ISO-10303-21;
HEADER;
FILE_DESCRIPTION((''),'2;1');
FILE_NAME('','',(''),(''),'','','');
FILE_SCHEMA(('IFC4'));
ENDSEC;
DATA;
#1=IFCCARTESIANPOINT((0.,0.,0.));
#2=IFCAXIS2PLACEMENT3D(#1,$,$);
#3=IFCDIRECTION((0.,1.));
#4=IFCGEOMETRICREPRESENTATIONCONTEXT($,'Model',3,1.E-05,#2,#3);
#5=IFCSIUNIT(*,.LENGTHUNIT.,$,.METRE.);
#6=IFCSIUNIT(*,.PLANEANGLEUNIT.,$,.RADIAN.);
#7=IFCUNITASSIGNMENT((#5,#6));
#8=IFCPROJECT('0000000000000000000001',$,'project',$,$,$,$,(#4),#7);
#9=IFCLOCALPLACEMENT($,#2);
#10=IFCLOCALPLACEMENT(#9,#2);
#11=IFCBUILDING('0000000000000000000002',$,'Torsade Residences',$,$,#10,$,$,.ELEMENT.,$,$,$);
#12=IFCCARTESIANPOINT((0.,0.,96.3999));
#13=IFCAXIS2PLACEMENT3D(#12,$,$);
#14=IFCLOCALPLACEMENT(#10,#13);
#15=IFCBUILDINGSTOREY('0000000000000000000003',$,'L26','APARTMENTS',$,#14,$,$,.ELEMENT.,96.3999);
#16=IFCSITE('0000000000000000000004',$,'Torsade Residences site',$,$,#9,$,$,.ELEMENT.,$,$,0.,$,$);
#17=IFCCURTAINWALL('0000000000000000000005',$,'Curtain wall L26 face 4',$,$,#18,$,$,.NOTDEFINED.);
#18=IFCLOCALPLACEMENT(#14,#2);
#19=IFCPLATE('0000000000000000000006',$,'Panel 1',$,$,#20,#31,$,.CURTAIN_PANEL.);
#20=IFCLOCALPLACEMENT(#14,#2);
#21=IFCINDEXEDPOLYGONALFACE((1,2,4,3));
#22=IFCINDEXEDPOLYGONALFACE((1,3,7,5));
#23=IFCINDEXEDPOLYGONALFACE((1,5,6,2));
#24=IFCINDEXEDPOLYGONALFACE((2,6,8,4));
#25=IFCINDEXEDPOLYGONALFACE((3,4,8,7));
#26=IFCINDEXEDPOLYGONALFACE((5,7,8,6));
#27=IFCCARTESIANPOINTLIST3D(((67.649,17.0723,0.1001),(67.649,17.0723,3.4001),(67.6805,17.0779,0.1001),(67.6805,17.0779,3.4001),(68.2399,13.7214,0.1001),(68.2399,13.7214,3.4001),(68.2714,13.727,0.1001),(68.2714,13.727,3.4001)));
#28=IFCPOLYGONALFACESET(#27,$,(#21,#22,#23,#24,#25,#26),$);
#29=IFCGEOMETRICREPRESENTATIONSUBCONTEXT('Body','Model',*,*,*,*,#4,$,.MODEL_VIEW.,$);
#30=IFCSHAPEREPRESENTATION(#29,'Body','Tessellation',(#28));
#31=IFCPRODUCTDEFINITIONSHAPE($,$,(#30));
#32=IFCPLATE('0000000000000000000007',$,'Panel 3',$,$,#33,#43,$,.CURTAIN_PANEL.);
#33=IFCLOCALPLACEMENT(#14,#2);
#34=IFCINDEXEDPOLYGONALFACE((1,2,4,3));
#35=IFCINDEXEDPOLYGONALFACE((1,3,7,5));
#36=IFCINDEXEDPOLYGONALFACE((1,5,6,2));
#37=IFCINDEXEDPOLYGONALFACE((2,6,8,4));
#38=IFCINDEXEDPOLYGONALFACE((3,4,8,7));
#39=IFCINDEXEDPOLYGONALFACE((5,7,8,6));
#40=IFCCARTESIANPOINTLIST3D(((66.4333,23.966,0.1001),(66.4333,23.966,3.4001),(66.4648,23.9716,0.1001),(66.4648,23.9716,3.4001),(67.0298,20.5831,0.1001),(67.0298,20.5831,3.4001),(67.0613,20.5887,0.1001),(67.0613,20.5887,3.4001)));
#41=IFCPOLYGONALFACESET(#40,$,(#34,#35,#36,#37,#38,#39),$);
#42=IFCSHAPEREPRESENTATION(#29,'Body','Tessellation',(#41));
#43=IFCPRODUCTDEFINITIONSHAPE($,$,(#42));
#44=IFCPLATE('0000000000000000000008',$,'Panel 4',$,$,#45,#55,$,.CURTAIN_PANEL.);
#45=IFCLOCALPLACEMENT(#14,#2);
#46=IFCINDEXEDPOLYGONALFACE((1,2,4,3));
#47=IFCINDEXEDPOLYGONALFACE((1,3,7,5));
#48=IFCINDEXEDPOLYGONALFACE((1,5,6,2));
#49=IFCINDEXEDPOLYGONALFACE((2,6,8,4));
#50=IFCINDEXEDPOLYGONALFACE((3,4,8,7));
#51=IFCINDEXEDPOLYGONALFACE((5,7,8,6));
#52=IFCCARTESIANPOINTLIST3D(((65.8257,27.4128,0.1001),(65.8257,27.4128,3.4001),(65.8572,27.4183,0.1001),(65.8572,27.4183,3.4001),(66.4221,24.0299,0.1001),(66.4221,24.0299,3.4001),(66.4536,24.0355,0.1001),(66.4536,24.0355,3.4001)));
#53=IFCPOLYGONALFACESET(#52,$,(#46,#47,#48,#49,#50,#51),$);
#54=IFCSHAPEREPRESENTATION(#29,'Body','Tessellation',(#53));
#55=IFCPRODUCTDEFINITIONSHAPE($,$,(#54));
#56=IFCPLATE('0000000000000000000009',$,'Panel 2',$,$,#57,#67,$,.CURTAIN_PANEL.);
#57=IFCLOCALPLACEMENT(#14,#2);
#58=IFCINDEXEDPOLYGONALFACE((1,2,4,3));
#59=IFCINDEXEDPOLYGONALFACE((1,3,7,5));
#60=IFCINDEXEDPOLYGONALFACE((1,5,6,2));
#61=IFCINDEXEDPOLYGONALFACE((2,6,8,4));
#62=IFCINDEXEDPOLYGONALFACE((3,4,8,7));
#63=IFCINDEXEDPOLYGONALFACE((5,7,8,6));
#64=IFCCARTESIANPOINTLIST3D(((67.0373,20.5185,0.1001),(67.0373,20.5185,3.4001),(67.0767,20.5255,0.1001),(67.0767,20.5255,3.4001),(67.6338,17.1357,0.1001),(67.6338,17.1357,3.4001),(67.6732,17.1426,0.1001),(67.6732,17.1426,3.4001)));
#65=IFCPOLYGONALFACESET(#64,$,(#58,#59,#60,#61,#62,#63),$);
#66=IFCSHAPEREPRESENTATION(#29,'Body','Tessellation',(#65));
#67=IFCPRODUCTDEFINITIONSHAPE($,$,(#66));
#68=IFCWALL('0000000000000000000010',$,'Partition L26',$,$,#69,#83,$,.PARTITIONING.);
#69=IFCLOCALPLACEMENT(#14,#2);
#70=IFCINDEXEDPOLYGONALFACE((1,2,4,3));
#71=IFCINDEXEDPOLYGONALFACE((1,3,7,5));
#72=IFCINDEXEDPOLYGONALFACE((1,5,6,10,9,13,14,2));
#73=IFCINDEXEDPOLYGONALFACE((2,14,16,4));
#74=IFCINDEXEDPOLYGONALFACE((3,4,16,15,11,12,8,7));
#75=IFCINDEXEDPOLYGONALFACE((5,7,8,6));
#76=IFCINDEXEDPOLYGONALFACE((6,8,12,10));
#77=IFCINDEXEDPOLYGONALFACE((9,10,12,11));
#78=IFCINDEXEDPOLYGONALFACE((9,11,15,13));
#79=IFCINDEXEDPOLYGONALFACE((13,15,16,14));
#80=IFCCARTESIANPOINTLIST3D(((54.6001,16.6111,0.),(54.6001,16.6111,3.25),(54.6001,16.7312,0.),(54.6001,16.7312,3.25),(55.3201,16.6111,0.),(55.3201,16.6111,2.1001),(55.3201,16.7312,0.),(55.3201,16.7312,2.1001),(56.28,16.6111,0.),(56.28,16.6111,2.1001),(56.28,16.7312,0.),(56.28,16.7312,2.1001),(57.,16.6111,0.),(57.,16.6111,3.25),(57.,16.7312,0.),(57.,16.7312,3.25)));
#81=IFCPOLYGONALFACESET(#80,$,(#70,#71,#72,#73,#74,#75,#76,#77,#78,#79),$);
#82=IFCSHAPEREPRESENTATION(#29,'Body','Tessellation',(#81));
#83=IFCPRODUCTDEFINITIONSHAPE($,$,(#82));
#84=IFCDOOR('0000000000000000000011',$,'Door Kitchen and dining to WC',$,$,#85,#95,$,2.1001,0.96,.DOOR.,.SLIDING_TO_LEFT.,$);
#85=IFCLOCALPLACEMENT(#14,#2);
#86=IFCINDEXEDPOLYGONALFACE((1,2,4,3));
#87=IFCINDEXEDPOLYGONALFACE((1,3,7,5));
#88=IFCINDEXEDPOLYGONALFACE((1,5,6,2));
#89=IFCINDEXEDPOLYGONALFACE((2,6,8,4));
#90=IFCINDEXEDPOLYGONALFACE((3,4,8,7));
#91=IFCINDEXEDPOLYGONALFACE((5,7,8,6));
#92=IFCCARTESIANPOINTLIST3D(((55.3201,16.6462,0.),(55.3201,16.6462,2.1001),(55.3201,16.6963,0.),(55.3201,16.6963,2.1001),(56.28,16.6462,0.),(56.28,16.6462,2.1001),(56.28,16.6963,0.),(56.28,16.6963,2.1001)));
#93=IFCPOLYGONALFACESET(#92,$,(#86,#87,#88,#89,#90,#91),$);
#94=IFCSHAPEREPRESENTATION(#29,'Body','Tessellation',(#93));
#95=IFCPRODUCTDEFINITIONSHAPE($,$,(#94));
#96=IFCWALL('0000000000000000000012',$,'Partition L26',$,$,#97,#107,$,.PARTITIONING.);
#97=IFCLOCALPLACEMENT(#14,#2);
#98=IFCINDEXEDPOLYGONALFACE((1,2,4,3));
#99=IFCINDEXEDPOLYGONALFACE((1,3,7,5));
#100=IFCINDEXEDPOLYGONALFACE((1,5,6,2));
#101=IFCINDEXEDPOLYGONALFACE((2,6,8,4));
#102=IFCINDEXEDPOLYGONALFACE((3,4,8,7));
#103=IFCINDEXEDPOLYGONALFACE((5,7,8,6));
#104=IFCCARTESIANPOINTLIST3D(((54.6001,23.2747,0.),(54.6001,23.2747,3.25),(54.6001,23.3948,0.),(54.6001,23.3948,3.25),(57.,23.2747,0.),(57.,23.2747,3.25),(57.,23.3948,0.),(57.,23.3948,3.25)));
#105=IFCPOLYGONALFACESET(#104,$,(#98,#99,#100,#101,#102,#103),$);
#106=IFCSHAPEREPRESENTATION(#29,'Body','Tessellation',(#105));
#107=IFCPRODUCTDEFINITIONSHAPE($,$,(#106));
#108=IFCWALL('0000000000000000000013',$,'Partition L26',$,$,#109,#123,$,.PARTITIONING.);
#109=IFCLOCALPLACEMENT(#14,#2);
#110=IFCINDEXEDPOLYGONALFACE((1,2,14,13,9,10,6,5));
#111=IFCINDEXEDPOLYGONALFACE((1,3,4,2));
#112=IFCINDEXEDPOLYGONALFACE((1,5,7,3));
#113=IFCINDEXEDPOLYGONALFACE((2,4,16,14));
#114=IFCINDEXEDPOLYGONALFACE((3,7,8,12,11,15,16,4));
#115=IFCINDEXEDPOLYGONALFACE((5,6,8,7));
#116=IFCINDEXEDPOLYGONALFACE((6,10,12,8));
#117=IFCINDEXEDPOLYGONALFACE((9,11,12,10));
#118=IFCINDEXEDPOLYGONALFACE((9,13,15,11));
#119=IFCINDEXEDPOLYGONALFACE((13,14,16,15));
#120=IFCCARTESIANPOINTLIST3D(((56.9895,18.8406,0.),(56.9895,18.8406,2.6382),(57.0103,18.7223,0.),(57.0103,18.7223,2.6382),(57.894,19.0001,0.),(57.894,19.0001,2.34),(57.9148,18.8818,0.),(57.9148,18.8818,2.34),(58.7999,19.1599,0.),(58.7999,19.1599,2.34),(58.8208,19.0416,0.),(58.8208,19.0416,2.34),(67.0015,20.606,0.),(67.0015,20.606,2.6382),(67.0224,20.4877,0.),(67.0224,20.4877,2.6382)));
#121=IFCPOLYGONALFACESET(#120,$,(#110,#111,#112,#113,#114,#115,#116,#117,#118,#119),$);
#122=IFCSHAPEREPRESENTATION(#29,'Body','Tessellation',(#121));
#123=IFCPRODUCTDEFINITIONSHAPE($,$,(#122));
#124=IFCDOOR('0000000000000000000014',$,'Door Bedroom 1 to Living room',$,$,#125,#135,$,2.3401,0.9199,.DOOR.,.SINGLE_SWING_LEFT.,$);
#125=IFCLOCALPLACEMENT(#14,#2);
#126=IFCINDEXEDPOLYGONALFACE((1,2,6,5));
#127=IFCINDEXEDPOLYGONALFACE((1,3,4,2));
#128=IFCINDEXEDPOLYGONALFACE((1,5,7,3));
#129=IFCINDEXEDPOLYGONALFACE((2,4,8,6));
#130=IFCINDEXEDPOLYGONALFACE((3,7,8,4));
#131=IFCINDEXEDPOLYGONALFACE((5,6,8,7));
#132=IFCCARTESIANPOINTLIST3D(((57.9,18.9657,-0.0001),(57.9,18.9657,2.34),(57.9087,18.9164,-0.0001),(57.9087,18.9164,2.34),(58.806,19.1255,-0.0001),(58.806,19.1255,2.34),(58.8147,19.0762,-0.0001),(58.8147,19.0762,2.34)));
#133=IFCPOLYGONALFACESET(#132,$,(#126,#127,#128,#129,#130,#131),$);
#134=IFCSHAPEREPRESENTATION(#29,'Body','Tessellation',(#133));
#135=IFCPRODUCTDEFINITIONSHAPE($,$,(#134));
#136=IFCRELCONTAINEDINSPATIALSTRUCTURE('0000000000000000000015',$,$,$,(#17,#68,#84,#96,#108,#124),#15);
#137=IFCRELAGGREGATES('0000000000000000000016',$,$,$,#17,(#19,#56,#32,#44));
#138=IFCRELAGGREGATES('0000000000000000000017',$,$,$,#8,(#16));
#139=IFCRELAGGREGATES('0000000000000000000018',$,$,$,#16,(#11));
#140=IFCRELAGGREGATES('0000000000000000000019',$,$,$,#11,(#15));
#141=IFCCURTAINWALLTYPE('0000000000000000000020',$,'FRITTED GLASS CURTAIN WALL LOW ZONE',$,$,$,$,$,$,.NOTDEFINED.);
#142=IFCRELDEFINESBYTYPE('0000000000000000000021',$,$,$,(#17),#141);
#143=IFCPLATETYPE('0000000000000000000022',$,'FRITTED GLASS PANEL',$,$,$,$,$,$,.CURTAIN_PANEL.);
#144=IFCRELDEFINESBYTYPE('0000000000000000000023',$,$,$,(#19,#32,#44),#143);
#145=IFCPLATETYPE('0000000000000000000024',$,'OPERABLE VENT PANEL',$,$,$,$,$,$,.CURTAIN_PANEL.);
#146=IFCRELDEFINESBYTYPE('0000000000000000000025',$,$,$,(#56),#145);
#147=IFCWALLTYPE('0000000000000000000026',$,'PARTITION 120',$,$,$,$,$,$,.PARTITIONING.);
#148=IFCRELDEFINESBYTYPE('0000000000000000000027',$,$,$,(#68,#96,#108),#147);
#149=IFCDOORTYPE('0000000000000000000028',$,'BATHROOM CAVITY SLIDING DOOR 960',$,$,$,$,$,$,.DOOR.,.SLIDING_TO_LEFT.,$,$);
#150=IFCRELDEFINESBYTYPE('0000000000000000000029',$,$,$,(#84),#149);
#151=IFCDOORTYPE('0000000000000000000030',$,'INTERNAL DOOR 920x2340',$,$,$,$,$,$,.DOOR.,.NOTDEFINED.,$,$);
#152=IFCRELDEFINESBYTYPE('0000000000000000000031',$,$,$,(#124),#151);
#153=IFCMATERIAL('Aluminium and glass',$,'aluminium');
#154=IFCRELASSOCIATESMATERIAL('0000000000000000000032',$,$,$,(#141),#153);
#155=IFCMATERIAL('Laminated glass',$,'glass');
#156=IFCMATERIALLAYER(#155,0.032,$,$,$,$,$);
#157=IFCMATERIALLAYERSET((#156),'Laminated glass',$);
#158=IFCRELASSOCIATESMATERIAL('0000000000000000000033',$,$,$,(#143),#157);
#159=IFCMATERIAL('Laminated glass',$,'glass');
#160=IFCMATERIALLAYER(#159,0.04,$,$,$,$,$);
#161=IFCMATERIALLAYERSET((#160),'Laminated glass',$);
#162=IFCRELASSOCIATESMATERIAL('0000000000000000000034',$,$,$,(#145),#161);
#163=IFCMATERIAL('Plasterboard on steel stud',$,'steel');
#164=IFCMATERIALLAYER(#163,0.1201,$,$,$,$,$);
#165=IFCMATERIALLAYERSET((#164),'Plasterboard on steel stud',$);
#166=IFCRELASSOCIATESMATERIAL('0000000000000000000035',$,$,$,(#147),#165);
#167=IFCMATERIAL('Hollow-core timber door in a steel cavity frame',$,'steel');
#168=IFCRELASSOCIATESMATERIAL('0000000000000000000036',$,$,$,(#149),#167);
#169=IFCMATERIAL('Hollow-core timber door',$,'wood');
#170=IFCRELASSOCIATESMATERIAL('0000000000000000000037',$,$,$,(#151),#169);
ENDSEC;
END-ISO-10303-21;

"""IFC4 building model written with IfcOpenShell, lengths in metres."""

from ifc_helpers import new_model, si_unit, direction, frame, frame_2d, origin, origin_2d, place, context, subcontext, project, spatial, rectangle, extrude, material, layer, layer_set, type_object, element, fill, aggregate, save


model = new_model("IFC4")

# Units and contexts
model_context = context("Model", 3, precision=1e-05, world=origin(), true_north=direction((0.0, 1.0)))
body_context = subcontext(model_context, "Body", "Model", "MODEL_VIEW")
ifc_project = project(units=[si_unit("LENGTHUNIT", "METRE"), si_unit("PLANEANGLEUNIT", "RADIAN")], contexts=[model_context])

# Site, building, storey
site_placement = place(None, origin())
site = spatial("IfcSite", under=ifc_project, at=site_placement, Name="Torsade Residences site", CompositionType="ELEMENT", RefElevation=0.0)
building_placement = place(site_placement, origin())
building = spatial("IfcBuilding", under=site, at=building_placement, Name="Torsade Residences", CompositionType="ELEMENT")
storey_placement = place(building_placement, frame((0.0, 0.0, 96.3999)))
storey = spatial("IfcBuildingStorey", under=building, at=storey_placement, Name="L26", Description="APARTMENTS", CompositionType="ELEMENT", Elevation=96.3999)

# Curtain wall
ifc_material_1 = material(Name="Aluminium and glass", Category="aluminium")
curtain_wall_type = type_object("IfcCurtainWallType", Name="FRITTED GLASS CURTAIN WALL LOW ZONE", PredefinedType="NOTDEFINED", material=ifc_material_1)
curtain_wall_placement = place(storey_placement, origin())
curtain_wall = element("IfcCurtainWall", 1, at=curtain_wall_placement, inside=storey, type_object=curtain_wall_type, Name="Curtain wall L26 face 4", PredefinedType="NOTDEFINED")

# Plates
ifc_material_2 = material(Name="Laminated glass", Category="glass")
ifc_layer_1 = layer(ifc_material_2, 0.032)
ifc_layer_set_1 = layer_set([ifc_layer_1], Name="Laminated glass")
plate_type_1 = type_object("IfcPlateType", Name="FRITTED GLASS PANEL", PredefinedType="CURTAIN_PANEL", material=ifc_layer_set_1)
plate_1_placement = place(storey_placement, frame((67.9602, 15.3997, 0.1001), z_axis=(0.0, 0.0, 1.0), x_axis=(-0.173648, 0.984808, 0.0)))
plate_1 = element("IfcPlate", 2, at=plate_1_placement, type_object=plate_type_1, Name="Panel 1", PredefinedType="CURTAIN_PANEL", context=body_context, shape_type="SweptSolid", body=[
    extrude(rectangle(XDim=3.4026, YDim=0.032, at=origin_2d()), origin(), (0.0, 0.0, 1.0), 3.3),
])
plate_2_placement = place(storey_placement, frame((66.7473, 22.2773, 0.1001), z_axis=(0.0, 0.0, 1.0), x_axis=(-0.173648, 0.984808, 0.0)))
plate_2 = element("IfcPlate", 3, at=plate_2_placement, type_object=plate_type_1, Name="Panel 3", PredefinedType="CURTAIN_PANEL", context=body_context, shape_type="SweptSolid", body=[
    extrude(rectangle(XDim=3.4351, YDim=0.032, at=origin_2d()), origin(), (0.0, 0.0, 1.0), 3.3),
])
plate_3_placement = place(storey_placement, frame((66.1396, 25.7241, 0.1001), z_axis=(0.0, 0.0, 1.0), x_axis=(-0.173648, 0.984808, 0.0)))
plate_3 = element("IfcPlate", 4, at=plate_3_placement, type_object=plate_type_1, Name="Panel 4", PredefinedType="CURTAIN_PANEL", context=body_context, shape_type="SweptSolid", body=[
    extrude(rectangle(XDim=3.4351, YDim=0.032, at=origin_2d()), origin(), (0.0, 0.0, 1.0), 3.3),
])
ifc_material_3 = material(Name="Laminated glass", Category="glass")
ifc_layer_2 = layer(ifc_material_3, 0.04)
ifc_layer_set_2 = layer_set([ifc_layer_2], Name="Laminated glass")
plate_type_2 = type_object("IfcPlateType", Name="OPERABLE VENT PANEL", PredefinedType="CURTAIN_PANEL", material=ifc_layer_set_2)
plate_4_placement = place(storey_placement, frame((67.3552, 18.8306, 0.1001), z_axis=(0.0, 0.0, 1.0), x_axis=(-0.173648, 0.984808, 0.0)))
plate_4 = element("IfcPlate", 5, at=plate_4_placement, type_object=plate_type_2, Name="Panel 2", PredefinedType="CURTAIN_PANEL", context=body_context, shape_type="SweptSolid", body=[
    extrude(rectangle(XDim=3.4351, YDim=0.04, at=origin_2d()), origin(), (0.0, 0.0, 1.0), 3.3),
])
aggregate(curtain_wall, [plate_1, plate_4, plate_2, plate_3])

# Wall, opening, door
ifc_material_4 = material(Name="Plasterboard on steel stud", Category="steel")
ifc_layer_3 = layer(ifc_material_4, 0.1201)
ifc_layer_set_3 = layer_set([ifc_layer_3], Name="Plasterboard on steel stud")
wall_type_1 = type_object("IfcWallType", Name="PARTITION 120", PredefinedType="PARTITIONING", material=ifc_layer_set_3)
wall_1_placement = place(storey_placement, frame((57.0, 16.6711, 0.0), z_axis=(0.0, 0.0, 1.0), x_axis=(-1.0, 0.0, 0.0)))
wall_1 = element("IfcWall", 6, at=wall_1_placement, inside=storey, type_object=wall_type_1, Name="Partition L26", PredefinedType="PARTITIONING", context=body_context, shape_type="SweptSolid", body=[
    extrude(rectangle(XDim=2.3999, YDim=0.1201, at=frame_2d((1.2, 0.0))), origin(), (0.0, 0.0, 1.0), 3.25),
])
opening_1_placement = place(wall_1_placement, frame((0.72, 0.0, 0.0)))
opening_1 = element("IfcOpeningElement", 7, at=opening_1_placement, cuts=wall_1, PredefinedType="OPENING", context=body_context, shape_type="SweptSolid", body=[
    extrude(rectangle(XDim=0.96, YDim=2.1001, at=frame_2d((0.48, 1.05))), frame((0.0, 0.0701, 0.0), z_axis=(0.0, -1.0, 0.0), x_axis=(1.0, 0.0, 0.0)), (0.0, 0.0, 1.0), 0.1401),
])
ifc_material_5 = material(Name="Hollow-core timber door in a steel cavity frame", Category="steel")
door_type_1 = type_object("IfcDoorType", Name="BATHROOM CAVITY SLIDING DOOR 960", OperationType="SLIDING_TO_LEFT", PredefinedType="DOOR", material=ifc_material_5)
door_1_placement = place(opening_1_placement, origin())
door_1 = element("IfcDoor", 8, at=door_1_placement, inside=storey, type_object=door_type_1, Name="Door Kitchen and dining to WC", OperationType="SLIDING_TO_LEFT", OverallHeight=2.1001, OverallWidth=0.96, PredefinedType="DOOR", context=body_context, shape_type="SweptSolid", body=[
    extrude(rectangle(XDim=0.96, YDim=2.1001, at=frame_2d((0.48, 1.05))), frame((0.0, 0.0249, 0.0), z_axis=(0.0, -1.0, 0.0), x_axis=(1.0, 0.0, 0.0)), (0.0, 0.0, 1.0), 0.05),
])
fill(opening_1, door_1)

# Wall
wall_2_placement = place(storey_placement, frame((54.6001, 23.3347, 0.0), z_axis=(0.0, 0.0, 1.0), x_axis=(1.0, 0.0, 0.0)))
element("IfcWall", 9, at=wall_2_placement, inside=storey, type_object=wall_type_1, Name="Partition L26", PredefinedType="PARTITIONING", context=body_context, shape_type="SweptSolid", body=[
    extrude(rectangle(XDim=2.3999, YDim=0.1201, at=frame_2d((1.2, 0.0))), origin(), (0.0, 0.0, 1.0), 3.25),
])

# Wall, opening, door
wall_3_placement = place(storey_placement, frame((67.012, 20.5469, 0.0), z_axis=(0.0, 0.0, 1.0), x_axis=(-0.984808, -0.173648, 0.0)))
wall_3 = element("IfcWall", 10, at=wall_3_placement, inside=storey, type_object=wall_type_1, Name="Partition L26", PredefinedType="PARTITIONING", context=body_context, shape_type="SweptSolid", body=[
    extrude(rectangle(XDim=10.1665, YDim=0.1201, at=frame_2d((5.0833, 0.0))), origin(), (0.0, 0.0, 1.0), 2.6382),
])
opening_2_placement = place(wall_3_placement, frame((8.3281, 0.0, 0.0)))
opening_2 = element("IfcOpeningElement", 11, at=opening_2_placement, cuts=wall_3, PredefinedType="OPENING", context=body_context, shape_type="SweptSolid", body=[
    extrude(rectangle(XDim=0.9199, YDim=2.3401, at=frame_2d((0.46, 1.1699))), frame((0.0, 0.0701, 0.0), z_axis=(0.0, -1.0, 0.0), x_axis=(1.0, 0.0, 0.0)), (0.0, 0.0, 1.0), 0.1401),
])
ifc_material_6 = material(Name="Hollow-core timber door", Category="wood")
door_type_2 = type_object("IfcDoorType", Name="INTERNAL DOOR 920x2340", OperationType="NOTDEFINED", PredefinedType="DOOR", material=ifc_material_6)
door_2_placement = place(opening_2_placement, origin())
door_2 = element("IfcDoor", 12, at=door_2_placement, inside=storey, type_object=door_type_2, Name="Door Bedroom 1 to Living room", OperationType="SINGLE_SWING_LEFT", OverallHeight=2.3401, OverallWidth=0.9199, PredefinedType="DOOR", context=body_context, shape_type="SweptSolid", body=[
    extrude(rectangle(XDim=0.9199, YDim=2.3401, at=frame_2d((0.46, 1.1699))), frame((0.0, 0.0249, 0.0), z_axis=(0.0, -1.0, 0.0), x_axis=(1.0, 0.0, 0.0)), (0.0, 0.0, 1.0), 0.05),
])
fill(opening_2, door_2)

save(model, "model.ifc")
